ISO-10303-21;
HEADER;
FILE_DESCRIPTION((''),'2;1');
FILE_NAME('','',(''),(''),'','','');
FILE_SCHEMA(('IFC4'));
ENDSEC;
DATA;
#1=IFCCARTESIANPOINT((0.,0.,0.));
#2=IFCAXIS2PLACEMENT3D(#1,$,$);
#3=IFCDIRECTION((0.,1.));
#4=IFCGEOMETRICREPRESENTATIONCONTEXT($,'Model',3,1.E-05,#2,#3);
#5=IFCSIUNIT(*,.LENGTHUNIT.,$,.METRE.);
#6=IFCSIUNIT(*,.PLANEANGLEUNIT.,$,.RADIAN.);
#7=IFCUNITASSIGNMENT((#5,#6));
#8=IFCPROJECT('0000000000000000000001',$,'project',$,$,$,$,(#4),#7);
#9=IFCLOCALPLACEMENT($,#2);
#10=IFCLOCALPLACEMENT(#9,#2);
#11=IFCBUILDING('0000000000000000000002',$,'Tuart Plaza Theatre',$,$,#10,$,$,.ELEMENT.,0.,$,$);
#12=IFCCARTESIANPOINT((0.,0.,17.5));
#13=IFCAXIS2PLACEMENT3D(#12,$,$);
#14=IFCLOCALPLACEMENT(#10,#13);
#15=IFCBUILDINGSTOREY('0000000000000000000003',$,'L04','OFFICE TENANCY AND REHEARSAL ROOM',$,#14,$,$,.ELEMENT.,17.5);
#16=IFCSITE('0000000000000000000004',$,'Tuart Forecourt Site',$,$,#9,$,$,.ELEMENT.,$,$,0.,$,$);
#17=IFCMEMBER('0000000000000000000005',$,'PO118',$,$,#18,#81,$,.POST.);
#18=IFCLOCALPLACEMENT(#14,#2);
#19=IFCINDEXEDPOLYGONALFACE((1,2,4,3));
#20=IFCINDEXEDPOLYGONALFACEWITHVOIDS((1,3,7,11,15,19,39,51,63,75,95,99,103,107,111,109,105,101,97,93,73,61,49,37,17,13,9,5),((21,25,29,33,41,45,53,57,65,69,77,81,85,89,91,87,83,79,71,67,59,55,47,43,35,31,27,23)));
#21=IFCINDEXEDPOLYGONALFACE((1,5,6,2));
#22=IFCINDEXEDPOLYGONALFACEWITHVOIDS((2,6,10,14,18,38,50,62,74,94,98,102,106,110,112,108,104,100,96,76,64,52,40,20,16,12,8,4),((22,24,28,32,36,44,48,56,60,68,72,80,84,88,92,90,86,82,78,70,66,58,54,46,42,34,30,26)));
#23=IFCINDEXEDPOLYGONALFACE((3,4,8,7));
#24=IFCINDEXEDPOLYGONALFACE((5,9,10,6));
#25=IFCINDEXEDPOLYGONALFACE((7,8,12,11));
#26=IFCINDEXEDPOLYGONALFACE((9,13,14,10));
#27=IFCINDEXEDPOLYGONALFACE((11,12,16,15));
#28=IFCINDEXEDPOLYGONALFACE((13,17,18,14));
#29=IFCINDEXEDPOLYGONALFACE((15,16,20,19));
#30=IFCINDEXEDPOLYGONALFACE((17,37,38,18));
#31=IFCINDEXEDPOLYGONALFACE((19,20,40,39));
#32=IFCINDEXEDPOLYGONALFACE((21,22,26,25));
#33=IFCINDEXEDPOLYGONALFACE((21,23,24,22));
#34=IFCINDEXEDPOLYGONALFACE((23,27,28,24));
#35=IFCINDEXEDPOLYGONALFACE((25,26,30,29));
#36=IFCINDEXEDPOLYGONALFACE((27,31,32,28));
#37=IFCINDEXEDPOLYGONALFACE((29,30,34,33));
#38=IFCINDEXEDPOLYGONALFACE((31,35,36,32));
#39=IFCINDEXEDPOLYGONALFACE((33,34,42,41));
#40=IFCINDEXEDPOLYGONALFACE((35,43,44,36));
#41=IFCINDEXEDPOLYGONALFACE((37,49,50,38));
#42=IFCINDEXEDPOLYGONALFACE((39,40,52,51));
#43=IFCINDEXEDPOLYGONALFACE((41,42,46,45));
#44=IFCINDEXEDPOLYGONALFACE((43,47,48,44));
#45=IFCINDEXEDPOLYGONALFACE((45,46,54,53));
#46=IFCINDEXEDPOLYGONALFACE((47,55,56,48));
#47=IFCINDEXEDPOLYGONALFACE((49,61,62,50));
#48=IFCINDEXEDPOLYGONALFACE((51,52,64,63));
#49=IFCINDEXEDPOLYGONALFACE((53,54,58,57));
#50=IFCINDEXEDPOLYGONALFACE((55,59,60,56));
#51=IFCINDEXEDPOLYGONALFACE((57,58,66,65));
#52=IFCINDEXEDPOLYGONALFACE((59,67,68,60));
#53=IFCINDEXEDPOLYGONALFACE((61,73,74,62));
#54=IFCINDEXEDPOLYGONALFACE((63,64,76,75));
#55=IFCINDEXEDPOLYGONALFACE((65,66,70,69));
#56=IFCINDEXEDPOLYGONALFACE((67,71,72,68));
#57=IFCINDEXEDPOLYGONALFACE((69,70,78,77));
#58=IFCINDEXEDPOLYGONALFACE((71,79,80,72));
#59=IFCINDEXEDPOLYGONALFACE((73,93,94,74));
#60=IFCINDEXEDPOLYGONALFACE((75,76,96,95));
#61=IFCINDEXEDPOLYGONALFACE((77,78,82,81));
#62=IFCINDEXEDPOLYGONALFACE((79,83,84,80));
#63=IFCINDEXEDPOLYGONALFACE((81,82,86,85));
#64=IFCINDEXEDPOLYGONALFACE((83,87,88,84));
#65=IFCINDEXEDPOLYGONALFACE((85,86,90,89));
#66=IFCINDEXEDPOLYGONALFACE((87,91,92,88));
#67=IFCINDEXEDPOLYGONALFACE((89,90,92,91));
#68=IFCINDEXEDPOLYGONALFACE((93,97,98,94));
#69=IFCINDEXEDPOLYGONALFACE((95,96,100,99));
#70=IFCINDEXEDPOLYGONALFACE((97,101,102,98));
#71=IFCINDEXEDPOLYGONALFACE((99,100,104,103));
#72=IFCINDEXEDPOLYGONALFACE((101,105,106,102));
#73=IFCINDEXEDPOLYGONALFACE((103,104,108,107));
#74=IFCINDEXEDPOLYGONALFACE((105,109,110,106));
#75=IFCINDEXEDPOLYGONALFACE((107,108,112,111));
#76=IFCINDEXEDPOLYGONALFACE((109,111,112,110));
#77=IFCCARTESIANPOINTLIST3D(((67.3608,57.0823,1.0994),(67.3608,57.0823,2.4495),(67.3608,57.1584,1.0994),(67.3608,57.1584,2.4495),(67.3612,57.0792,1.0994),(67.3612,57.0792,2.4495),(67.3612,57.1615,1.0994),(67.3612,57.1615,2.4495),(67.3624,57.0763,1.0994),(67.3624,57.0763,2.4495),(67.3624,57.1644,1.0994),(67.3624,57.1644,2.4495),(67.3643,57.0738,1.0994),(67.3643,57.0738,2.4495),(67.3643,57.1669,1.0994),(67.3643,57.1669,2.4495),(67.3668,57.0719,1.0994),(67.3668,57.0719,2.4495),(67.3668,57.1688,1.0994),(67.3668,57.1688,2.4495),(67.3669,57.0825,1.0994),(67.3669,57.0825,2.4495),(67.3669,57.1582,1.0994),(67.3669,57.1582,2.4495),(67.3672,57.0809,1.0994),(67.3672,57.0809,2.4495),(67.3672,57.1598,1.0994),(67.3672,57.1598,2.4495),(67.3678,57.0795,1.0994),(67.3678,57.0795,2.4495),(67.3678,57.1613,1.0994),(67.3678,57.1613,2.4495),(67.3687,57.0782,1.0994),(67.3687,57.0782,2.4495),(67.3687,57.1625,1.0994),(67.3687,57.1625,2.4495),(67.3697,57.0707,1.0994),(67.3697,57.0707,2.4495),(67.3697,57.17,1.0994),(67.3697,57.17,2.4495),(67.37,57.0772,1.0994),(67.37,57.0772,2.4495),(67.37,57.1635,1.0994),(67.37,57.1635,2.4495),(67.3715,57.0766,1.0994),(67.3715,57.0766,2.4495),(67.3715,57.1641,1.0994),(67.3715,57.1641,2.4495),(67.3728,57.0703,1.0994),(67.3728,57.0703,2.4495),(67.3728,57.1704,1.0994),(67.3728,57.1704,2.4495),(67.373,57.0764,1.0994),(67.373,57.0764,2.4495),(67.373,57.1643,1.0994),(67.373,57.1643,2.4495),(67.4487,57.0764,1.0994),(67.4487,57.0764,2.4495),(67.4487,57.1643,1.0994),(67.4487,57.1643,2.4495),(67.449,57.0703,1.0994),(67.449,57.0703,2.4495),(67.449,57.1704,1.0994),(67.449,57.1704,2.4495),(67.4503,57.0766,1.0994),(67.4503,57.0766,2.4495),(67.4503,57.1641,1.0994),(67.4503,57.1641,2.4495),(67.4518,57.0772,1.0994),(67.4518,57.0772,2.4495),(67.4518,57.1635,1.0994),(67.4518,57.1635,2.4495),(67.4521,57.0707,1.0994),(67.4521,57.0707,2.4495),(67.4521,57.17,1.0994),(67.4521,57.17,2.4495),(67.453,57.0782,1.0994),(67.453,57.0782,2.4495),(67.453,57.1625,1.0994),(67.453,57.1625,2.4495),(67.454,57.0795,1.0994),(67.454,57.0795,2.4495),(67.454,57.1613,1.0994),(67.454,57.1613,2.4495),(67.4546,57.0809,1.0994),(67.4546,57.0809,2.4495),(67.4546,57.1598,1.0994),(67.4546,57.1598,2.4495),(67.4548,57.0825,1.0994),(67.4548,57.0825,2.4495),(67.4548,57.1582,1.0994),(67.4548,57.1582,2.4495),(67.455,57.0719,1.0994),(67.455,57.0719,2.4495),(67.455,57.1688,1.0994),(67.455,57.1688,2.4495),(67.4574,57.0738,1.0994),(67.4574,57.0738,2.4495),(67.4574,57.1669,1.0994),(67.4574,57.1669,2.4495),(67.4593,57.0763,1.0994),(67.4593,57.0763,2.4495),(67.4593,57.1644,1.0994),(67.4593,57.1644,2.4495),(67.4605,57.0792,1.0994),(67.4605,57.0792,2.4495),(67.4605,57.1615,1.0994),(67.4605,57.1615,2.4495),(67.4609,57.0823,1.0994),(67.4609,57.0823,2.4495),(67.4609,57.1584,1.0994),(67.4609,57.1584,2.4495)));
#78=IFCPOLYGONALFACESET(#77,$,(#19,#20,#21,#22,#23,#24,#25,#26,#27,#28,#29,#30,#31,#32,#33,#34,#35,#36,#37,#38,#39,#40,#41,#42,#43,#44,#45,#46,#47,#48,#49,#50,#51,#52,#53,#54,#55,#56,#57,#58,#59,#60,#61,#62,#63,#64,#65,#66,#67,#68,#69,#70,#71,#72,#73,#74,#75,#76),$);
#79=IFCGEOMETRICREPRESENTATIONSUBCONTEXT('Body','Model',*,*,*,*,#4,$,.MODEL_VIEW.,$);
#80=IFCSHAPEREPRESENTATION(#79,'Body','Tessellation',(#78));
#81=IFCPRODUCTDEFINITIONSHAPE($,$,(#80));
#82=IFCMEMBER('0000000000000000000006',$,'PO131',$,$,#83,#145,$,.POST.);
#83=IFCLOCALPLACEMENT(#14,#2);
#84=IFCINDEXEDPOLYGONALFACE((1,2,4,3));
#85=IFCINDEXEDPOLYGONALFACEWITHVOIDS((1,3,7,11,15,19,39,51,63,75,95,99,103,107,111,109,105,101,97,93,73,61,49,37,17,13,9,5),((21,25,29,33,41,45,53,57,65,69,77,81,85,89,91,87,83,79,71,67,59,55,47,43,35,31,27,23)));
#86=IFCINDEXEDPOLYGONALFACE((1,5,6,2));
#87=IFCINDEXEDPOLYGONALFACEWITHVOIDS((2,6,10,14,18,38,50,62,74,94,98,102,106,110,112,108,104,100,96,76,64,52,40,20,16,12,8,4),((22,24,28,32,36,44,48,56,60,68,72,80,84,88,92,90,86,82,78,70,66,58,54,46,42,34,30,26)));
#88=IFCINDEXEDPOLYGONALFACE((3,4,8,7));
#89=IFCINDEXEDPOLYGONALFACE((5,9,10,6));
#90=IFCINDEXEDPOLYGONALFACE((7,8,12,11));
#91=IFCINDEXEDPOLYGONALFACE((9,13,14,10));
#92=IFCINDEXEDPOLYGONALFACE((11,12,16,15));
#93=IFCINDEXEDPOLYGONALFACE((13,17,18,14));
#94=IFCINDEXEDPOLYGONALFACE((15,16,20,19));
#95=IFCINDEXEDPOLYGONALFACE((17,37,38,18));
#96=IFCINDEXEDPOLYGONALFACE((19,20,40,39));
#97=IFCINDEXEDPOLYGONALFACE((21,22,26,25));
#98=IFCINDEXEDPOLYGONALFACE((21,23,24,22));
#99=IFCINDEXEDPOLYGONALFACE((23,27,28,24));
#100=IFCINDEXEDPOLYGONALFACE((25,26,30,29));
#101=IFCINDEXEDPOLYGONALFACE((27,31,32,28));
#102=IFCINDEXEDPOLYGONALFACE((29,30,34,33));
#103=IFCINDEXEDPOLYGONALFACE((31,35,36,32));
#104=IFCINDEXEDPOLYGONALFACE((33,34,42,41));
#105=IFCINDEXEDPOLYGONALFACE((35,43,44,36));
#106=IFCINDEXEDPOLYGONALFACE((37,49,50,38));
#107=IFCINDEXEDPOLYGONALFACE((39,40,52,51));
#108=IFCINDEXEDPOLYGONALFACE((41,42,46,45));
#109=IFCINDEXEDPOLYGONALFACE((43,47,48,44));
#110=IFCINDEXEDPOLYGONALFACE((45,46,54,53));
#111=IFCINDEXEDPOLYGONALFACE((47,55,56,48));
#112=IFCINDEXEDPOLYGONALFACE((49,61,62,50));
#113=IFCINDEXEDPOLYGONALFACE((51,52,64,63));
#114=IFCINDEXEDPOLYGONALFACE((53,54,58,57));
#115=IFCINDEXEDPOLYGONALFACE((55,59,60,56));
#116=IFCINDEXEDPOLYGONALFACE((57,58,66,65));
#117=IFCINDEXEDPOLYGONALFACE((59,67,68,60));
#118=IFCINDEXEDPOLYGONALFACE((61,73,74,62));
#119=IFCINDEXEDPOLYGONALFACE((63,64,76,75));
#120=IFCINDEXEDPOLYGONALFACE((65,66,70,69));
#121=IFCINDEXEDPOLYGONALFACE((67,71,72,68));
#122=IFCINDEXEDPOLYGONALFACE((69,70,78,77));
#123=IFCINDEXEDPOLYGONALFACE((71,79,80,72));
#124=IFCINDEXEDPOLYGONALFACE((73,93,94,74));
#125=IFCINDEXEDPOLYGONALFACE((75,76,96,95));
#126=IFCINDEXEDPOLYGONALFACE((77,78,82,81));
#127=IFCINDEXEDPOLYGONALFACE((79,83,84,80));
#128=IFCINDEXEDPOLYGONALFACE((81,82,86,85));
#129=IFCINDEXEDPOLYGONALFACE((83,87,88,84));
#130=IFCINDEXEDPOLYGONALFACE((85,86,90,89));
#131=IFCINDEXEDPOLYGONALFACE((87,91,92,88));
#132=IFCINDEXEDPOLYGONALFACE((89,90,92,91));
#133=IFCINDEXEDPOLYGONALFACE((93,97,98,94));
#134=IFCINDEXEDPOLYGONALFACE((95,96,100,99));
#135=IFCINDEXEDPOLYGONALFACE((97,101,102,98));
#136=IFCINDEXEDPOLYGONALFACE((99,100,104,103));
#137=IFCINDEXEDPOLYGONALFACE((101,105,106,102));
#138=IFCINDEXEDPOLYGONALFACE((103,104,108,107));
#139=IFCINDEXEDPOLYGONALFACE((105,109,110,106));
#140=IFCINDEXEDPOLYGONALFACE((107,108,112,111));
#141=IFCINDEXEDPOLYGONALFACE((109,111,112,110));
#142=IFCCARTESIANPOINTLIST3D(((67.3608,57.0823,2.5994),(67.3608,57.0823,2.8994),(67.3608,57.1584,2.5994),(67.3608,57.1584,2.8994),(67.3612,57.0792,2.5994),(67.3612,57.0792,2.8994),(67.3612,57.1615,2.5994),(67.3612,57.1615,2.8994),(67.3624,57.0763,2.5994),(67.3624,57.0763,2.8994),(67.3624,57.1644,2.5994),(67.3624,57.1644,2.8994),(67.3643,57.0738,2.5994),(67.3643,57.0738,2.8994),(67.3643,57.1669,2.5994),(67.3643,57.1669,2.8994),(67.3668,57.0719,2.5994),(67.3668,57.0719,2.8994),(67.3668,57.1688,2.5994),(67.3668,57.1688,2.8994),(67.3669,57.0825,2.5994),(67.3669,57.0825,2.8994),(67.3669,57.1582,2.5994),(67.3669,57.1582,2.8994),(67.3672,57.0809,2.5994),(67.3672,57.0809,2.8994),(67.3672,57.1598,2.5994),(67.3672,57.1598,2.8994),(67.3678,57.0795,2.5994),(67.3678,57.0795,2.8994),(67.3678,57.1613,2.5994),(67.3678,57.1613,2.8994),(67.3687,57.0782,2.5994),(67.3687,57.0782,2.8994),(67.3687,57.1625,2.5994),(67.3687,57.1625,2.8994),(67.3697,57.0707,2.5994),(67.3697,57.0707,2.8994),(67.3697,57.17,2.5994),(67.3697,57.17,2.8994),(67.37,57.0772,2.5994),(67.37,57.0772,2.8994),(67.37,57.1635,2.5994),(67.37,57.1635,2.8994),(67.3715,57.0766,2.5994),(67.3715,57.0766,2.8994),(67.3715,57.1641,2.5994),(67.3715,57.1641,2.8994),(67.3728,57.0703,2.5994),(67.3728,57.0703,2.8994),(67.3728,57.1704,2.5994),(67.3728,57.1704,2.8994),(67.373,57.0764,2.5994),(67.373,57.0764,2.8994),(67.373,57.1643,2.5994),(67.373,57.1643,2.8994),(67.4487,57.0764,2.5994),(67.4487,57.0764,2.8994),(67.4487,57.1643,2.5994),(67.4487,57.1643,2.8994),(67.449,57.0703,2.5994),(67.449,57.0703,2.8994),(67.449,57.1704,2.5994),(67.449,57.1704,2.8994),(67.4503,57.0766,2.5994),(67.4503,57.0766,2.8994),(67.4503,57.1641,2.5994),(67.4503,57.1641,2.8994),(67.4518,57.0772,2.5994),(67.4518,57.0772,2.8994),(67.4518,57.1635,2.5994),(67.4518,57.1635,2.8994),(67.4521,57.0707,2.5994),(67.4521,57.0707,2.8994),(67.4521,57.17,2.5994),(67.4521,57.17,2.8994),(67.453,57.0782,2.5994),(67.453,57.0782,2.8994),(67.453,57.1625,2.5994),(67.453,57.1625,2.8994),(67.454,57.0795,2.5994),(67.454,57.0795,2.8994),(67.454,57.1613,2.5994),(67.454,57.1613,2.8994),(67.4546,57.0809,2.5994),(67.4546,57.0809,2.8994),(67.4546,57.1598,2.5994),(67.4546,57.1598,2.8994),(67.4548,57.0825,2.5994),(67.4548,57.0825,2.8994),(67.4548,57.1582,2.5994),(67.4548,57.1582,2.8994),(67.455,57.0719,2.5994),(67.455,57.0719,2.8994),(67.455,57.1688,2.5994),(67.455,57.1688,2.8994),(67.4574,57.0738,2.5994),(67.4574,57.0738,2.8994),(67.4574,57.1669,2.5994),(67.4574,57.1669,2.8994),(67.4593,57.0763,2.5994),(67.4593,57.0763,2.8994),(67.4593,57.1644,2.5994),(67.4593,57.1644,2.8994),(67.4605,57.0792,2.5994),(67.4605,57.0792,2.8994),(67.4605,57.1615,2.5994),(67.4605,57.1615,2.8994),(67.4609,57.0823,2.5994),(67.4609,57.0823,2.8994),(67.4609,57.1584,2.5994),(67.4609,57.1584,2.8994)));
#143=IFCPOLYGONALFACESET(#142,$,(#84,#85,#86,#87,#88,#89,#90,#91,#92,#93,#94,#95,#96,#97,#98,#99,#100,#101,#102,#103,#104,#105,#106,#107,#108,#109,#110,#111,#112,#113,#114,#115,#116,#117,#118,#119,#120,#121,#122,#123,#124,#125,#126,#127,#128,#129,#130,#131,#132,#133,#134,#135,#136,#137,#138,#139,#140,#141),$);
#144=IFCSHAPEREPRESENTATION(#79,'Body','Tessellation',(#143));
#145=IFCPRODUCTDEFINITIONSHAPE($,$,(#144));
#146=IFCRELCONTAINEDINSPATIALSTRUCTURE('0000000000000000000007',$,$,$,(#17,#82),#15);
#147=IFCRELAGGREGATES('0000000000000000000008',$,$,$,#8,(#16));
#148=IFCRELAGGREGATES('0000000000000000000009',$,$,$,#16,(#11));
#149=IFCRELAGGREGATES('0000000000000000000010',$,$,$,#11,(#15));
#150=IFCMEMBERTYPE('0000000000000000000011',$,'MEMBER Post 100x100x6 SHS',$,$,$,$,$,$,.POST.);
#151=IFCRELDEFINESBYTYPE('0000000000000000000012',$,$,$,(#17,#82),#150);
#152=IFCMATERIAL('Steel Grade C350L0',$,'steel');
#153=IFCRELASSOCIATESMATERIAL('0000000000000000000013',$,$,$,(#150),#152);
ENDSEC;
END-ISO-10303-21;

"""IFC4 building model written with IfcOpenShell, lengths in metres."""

from ifc_helpers import new_model, si_unit, direction, frame, origin, origin_2d, place, context, subcontext, project, spatial, hollow_rectangle, extrude, material, material_profile, profile_set, type_object, element, save


model = new_model("IFC4")

# Units and contexts
model_context = context("Model", 3, precision=1e-05, world=origin(), true_north=direction((0.0, 1.0)))
body_context = subcontext(model_context, "Body", "Model", "MODEL_VIEW")
ifc_project = project(units=[si_unit("LENGTHUNIT", "METRE"), si_unit("PLANEANGLEUNIT", "RADIAN")], contexts=[model_context])

# Site, building, storey
site_placement = place(None, origin())
site = spatial("IfcSite", under=ifc_project, at=site_placement, Name="Tuart Forecourt Site", CompositionType="ELEMENT", RefElevation=0.0)
building_placement = place(site_placement, origin())
building = spatial("IfcBuilding", under=site, at=building_placement, Name="Tuart Plaza Theatre", CompositionType="ELEMENT", ElevationOfRefHeight=0.0)
storey_placement = place(building_placement, frame((0.0, 0.0, 17.5)))
storey = spatial("IfcBuildingStorey", under=building, at=storey_placement, Name="L04", Description="OFFICE TENANCY AND REHEARSAL ROOM", CompositionType="ELEMENT", Elevation=17.5)

# Members
ifc_material_1 = material(Name="Steel Grade C350L0", Category="steel")
ifc_material_profile_1 = material_profile(ifc_material_1, hollow_rectangle(XDim=0.1001, YDim=0.1001, WallThickness=0.0061, InnerFilletRadius=0.0061, OuterFilletRadius=0.012, at=origin_2d()), Name="100x100x6 SHS")
ifc_profile_set_1 = profile_set([ifc_material_profile_1], Name="Steel Grade C350L0")
member_type_1 = type_object("IfcMemberType", Name="MEMBER Post 100x100x6 SHS", PredefinedType="POST", material=ifc_profile_set_1)
member_1_placement = place(storey_placement, frame((67.4109, 57.1204, 1.0994), z_axis=(0.0, 0.0, 1.0), x_axis=(1.0, 0.0, 0.0)))
element("IfcMember", 1, at=member_1_placement, inside=storey, type_object=member_type_1, Name="PO118", PredefinedType="POST", context=body_context, shape_type="SweptSolid", body=[
    extrude(hollow_rectangle(XDim=0.1001, YDim=0.1001, WallThickness=0.0061, InnerFilletRadius=0.0061, OuterFilletRadius=0.012, at=origin_2d()), origin(), (0.0, 0.0, 1.0), 1.3501),
])
member_2_placement = place(storey_placement, frame((67.4109, 57.1204, 2.5994), z_axis=(0.0, 0.0, 1.0), x_axis=(1.0, 0.0, 0.0)))
element("IfcMember", 2, at=member_2_placement, inside=storey, type_object=member_type_1, Name="PO131", PredefinedType="POST", context=body_context, shape_type="SweptSolid", body=[
    extrude(hollow_rectangle(XDim=0.1001, YDim=0.1001, WallThickness=0.0061, InnerFilletRadius=0.0061, OuterFilletRadius=0.012, at=origin_2d()), origin(), (0.0, 0.0, 1.0), 0.3),
])

save(model, "model.ifc")
